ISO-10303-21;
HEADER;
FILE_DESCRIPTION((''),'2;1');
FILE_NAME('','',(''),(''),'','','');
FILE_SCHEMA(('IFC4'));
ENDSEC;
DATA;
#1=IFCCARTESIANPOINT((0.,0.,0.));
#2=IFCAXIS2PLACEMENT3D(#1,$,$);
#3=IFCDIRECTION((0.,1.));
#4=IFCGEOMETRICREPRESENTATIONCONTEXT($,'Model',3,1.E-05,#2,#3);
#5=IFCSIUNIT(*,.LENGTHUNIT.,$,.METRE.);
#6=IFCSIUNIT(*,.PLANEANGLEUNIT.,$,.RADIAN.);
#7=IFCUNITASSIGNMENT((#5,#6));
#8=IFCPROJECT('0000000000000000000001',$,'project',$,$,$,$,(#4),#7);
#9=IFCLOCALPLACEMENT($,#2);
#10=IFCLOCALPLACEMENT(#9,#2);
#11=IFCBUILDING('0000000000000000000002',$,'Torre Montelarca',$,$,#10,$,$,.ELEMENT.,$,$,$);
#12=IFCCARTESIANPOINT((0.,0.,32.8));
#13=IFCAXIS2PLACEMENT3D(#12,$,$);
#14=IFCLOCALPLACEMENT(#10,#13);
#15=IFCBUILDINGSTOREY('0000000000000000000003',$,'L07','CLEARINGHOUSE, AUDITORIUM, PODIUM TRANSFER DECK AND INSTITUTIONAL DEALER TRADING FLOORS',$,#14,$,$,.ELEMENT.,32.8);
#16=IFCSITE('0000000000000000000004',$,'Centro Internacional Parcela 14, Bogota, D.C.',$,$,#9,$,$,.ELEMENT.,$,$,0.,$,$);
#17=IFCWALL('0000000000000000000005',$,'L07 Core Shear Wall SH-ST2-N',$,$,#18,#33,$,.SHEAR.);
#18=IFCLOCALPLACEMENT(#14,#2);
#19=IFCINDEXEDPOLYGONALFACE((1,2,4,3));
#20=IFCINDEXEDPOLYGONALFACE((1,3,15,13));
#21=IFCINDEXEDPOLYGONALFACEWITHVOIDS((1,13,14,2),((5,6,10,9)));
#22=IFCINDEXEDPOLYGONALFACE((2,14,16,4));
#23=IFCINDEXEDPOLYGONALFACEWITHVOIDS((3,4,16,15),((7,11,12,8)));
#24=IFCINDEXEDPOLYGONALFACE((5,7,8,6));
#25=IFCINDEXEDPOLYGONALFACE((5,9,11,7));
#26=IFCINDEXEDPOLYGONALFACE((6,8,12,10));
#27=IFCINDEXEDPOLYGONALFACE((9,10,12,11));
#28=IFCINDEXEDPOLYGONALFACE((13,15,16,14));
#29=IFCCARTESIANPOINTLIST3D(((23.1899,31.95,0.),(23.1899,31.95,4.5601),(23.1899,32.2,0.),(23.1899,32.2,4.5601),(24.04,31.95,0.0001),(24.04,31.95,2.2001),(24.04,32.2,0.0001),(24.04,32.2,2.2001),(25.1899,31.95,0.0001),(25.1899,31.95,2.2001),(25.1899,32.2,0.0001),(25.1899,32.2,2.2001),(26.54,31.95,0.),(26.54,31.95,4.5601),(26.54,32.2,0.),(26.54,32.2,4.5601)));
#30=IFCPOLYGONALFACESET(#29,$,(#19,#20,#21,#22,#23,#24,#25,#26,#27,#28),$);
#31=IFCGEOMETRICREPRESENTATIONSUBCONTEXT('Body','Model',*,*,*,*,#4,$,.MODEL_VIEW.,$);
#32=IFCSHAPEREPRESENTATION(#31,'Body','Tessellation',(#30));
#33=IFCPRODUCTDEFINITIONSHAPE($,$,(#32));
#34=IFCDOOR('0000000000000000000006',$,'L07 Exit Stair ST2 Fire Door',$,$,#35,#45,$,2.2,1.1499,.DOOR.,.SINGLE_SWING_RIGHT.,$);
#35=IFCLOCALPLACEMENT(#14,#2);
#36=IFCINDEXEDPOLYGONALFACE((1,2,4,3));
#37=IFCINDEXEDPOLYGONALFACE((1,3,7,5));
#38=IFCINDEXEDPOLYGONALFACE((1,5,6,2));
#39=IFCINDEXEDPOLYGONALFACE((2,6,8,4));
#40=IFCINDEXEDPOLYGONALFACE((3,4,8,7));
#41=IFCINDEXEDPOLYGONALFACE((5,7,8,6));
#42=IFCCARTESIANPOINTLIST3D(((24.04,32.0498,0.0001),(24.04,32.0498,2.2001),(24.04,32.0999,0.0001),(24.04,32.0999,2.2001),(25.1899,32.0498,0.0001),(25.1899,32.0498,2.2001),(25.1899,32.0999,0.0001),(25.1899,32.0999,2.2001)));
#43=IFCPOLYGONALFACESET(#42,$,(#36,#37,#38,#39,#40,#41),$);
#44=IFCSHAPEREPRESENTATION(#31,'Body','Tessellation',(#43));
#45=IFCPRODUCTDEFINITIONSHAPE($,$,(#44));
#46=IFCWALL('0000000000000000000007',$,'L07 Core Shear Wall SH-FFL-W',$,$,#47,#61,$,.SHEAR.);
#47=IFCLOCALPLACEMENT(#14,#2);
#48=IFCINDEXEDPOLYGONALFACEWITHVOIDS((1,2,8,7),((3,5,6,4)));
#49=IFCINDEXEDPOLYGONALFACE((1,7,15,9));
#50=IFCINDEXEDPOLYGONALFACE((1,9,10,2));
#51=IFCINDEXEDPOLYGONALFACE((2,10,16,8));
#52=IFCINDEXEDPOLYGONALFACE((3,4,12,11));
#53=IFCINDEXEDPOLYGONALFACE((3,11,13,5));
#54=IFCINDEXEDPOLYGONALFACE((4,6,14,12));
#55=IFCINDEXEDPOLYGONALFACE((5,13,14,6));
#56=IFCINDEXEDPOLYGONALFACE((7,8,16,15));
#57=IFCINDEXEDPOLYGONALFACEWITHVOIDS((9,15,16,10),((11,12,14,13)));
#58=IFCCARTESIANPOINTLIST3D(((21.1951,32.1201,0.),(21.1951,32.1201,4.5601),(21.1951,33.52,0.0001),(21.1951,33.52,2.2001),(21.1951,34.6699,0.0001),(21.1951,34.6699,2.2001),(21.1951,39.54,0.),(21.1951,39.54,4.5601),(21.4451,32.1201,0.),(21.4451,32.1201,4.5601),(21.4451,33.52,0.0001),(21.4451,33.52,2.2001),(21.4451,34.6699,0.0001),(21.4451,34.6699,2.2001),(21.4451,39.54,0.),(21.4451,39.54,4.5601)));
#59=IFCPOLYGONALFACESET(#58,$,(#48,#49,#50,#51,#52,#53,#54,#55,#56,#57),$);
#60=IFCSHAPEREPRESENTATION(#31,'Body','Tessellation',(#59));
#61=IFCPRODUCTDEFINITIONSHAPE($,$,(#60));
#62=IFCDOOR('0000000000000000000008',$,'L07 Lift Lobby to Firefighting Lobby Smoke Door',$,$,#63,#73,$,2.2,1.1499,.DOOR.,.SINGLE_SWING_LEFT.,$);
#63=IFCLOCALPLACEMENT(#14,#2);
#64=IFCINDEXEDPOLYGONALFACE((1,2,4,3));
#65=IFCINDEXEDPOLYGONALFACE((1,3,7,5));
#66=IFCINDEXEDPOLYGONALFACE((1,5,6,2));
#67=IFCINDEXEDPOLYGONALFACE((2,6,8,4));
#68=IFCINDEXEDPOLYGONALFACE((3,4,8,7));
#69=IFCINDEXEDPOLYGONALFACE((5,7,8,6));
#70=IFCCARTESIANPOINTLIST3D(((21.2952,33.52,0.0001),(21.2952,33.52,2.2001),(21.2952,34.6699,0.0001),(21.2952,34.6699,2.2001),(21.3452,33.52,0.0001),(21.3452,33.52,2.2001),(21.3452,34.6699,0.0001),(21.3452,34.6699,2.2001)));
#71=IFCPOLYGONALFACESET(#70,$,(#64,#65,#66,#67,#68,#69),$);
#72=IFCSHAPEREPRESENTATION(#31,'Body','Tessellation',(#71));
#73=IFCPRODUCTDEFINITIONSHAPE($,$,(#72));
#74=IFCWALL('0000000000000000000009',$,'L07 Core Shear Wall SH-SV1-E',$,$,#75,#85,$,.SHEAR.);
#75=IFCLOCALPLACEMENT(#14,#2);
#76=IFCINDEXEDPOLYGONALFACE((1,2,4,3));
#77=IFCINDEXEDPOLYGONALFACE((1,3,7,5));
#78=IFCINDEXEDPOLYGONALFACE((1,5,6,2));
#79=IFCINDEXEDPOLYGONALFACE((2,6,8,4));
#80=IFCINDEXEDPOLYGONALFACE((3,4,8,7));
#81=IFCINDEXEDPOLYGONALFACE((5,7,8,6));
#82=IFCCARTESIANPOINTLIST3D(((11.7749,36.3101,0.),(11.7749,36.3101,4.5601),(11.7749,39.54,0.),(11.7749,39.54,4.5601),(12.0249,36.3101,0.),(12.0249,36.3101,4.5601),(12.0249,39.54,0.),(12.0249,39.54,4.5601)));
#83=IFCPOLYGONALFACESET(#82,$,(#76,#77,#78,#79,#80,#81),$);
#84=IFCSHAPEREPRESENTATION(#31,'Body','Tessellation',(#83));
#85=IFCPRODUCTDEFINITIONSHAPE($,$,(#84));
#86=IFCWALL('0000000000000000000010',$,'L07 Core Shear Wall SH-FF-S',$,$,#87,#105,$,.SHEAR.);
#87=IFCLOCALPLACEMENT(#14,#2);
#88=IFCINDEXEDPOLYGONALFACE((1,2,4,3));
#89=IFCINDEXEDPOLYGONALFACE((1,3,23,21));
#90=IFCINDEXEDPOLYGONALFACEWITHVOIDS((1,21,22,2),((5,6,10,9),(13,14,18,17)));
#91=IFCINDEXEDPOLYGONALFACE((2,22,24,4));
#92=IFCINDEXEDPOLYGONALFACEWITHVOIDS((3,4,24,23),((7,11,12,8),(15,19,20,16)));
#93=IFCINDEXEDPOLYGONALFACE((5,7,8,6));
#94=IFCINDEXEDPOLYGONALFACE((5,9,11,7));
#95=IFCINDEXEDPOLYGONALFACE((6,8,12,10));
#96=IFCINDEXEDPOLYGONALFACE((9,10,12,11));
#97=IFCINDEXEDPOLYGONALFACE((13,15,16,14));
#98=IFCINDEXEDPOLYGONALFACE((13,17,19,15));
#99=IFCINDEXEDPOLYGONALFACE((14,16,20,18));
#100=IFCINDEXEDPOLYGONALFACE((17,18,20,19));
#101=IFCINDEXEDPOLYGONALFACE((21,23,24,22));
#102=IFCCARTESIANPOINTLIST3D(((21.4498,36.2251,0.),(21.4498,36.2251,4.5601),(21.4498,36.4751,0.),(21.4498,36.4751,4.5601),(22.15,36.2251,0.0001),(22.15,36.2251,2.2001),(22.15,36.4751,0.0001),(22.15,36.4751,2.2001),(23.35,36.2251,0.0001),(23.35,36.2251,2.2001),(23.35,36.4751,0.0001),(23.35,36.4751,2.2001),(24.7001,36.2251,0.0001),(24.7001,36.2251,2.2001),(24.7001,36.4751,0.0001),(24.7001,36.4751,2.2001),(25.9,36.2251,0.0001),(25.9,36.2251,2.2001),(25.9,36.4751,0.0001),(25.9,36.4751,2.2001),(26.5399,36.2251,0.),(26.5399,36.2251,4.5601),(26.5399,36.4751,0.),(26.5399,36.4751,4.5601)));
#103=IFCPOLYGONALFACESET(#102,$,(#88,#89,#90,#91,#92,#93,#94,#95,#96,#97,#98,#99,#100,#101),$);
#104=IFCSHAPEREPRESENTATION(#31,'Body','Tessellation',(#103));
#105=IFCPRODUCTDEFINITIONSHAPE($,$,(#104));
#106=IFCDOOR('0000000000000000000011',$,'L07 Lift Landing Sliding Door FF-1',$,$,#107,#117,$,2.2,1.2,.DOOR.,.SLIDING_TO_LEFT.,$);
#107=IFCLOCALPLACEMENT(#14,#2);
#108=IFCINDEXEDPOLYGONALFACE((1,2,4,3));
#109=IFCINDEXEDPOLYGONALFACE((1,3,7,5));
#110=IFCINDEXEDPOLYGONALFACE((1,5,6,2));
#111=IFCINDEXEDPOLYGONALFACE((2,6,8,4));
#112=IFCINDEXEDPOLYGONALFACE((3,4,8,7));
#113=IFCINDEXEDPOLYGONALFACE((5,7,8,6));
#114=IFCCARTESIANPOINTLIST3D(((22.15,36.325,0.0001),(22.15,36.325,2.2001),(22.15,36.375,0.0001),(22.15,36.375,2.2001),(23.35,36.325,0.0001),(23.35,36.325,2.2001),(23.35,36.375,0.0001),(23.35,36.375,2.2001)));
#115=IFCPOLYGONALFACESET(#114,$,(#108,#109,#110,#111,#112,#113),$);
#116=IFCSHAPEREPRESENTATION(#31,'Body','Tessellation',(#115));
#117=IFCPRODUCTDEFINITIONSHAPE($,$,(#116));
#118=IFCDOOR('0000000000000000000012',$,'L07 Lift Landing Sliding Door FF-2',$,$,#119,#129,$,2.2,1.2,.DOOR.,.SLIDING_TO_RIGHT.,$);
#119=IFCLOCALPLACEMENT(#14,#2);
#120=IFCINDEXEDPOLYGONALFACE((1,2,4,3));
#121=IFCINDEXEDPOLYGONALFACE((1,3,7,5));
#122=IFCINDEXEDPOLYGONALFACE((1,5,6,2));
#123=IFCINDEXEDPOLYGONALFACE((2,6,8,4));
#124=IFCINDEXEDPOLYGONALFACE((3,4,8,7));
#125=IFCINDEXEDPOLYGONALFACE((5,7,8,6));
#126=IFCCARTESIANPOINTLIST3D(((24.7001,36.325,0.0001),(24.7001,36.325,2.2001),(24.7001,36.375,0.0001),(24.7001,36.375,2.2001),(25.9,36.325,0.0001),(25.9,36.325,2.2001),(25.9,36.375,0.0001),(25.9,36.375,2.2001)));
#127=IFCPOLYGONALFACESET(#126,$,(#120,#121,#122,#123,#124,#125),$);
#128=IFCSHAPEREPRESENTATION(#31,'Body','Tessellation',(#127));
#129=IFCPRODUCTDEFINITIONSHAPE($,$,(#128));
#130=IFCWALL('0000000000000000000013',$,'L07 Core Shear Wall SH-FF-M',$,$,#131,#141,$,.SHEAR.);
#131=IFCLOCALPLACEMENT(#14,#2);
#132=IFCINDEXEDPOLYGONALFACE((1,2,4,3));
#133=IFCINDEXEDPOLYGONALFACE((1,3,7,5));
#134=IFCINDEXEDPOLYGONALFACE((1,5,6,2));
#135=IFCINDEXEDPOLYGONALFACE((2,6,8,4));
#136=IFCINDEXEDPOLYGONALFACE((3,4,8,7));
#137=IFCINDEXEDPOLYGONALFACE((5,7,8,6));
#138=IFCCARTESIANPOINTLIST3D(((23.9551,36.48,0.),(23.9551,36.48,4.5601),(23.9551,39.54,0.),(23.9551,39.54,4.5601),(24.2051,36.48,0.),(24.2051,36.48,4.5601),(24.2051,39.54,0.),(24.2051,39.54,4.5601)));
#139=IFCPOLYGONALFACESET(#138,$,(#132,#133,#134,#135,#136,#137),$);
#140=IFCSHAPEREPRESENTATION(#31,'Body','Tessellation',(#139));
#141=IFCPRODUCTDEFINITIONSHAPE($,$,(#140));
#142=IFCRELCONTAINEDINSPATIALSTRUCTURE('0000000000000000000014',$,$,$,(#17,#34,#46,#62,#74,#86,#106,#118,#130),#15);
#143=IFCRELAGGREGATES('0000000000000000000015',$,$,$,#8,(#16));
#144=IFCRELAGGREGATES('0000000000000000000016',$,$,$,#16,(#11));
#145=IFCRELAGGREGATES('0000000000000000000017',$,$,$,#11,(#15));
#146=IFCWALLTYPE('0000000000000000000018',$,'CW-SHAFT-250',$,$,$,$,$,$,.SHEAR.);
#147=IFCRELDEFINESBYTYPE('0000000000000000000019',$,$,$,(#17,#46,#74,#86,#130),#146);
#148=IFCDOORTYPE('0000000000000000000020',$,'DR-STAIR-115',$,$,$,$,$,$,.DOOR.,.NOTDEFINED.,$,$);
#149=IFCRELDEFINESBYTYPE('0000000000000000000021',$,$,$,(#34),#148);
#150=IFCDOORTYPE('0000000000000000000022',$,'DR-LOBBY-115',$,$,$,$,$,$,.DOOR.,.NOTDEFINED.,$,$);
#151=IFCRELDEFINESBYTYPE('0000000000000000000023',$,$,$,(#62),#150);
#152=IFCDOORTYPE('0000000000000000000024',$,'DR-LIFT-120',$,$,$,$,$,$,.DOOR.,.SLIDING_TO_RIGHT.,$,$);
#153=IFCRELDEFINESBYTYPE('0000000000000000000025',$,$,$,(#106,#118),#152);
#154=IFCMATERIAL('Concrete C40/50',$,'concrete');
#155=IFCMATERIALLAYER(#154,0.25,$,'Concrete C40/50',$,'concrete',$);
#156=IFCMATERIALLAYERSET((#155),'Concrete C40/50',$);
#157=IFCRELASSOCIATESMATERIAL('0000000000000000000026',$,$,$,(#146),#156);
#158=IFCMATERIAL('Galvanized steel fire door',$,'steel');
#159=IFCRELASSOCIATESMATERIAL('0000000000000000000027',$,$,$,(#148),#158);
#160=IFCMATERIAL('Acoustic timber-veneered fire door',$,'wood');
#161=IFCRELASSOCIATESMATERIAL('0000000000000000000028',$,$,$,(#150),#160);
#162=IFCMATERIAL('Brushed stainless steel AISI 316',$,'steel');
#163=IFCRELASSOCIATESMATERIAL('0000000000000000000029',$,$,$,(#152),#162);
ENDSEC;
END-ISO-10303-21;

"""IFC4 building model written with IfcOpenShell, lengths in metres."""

from ifc_helpers import new_model, si_unit, direction, frame, frame_2d, origin, place, context, subcontext, project, spatial, rectangle, extrude, source, transform, mapped, material, layer, layer_set, type_object, element, fill, save


model = new_model("IFC4")

# Units and contexts
model_context = context("Model", 3, precision=1e-05, world=origin(), true_north=direction((0.0, 1.0)))
body_context = subcontext(model_context, "Body", "Model", "MODEL_VIEW")
ifc_project = project(units=[si_unit("LENGTHUNIT", "METRE"), si_unit("PLANEANGLEUNIT", "RADIAN")], contexts=[model_context])

# Site, building, storey
site_placement = place(None, origin())
site = spatial("IfcSite", under=ifc_project, at=site_placement, Name="Centro Internacional Parcela 14, Bogota, D.C.", CompositionType="ELEMENT", RefElevation=0.0)
building_placement = place(site_placement, origin())
building = spatial("IfcBuilding", under=site, at=building_placement, Name="Torre Montelarca", CompositionType="ELEMENT")
storey_placement = place(building_placement, frame((0.0, 0.0, 32.8)))
storey = spatial("IfcBuildingStorey", under=building, at=storey_placement, Name="L07", Description="CLEARINGHOUSE, AUDITORIUM, PODIUM TRANSFER DECK AND INSTITUTIONAL DEALER TRADING FLOORS", CompositionType="ELEMENT", Elevation=32.8)

# Walls, openings, doors
ifc_material_1 = material(Name="Concrete C40/50", Category="concrete")
ifc_layer_1 = layer(ifc_material_1, 0.25, Name="Concrete C40/50", Category="concrete")
ifc_layer_set_1 = layer_set([ifc_layer_1], Name="Concrete C40/50")
wall_type_1 = type_object("IfcWallType", Name="CW-SHAFT-250", PredefinedType="SHEAR", material=ifc_layer_set_1)
wall_1_placement = place(storey_placement, frame((23.1899, 32.075, 0.0), z_axis=(0.0, 0.0, 1.0), x_axis=(1.0, 0.0, 0.0)))
wall_1 = element("IfcWall", 1, at=wall_1_placement, inside=storey, type_object=wall_type_1, Name="L07 Core Shear Wall SH-ST2-N", PredefinedType="SHEAR", context=body_context, shape_type="SweptSolid", body=[
    extrude(rectangle(XDim=3.3501, YDim=0.25, at=frame_2d((1.675, 0.0))), origin(), (0.0, 0.0, 1.0), 4.5601),
])
opening_1_placement = place(wall_1_placement, frame((0.8501, 0.0, 0.0)))
opening_1 = element("IfcOpeningElement", 2, at=opening_1_placement, cuts=wall_1, PredefinedType="OPENING", context=body_context, shape_type="SweptSolid", body=[
    extrude(rectangle(XDim=1.1499, YDim=2.2, at=frame_2d((0.575, 1.1001))), frame((0.0, 0.135, 0.0), z_axis=(0.0, -1.0, 0.0), x_axis=(1.0, 0.0, 0.0)), (0.0, 0.0, 1.0), 0.27),
])
ifc_material_2 = material(Name="Galvanized steel fire door", Category="steel")
door_type_1 = type_object("IfcDoorType", Name="DR-STAIR-115", OperationType="NOTDEFINED", PredefinedType="DOOR", material=ifc_material_2)
shared_shape_1 = source(origin(), body_context, "Body", "SweptSolid", [
    extrude(rectangle(XDim=1.1499, YDim=2.2, at=frame_2d((0.575, 1.1001))), frame((0.0, 0.0249, 0.0), z_axis=(0.0, -1.0, 0.0), x_axis=(1.0, 0.0, 0.0)), (0.0, 0.0, 1.0), 0.05),
])
door_1_placement = place(opening_1_placement, origin())
door_1 = element("IfcDoor", 3, at=door_1_placement, inside=storey, type_object=door_type_1, Name="L07 Exit Stair ST2 Fire Door", OperationType="SINGLE_SWING_RIGHT", OverallHeight=2.2, OverallWidth=1.1499, PredefinedType="DOOR", context=body_context, shape_type="MappedRepresentation", body=[
    mapped(shared_shape_1, transform((0.0, 0.0, 0.0), scale=1.0)),
])
fill(opening_1, door_1)
wall_2_placement = place(storey_placement, frame((21.3201, 32.1201, 0.0), z_axis=(0.0, 0.0, 1.0), x_axis=(0.0, 1.0, 0.0)))
wall_2 = element("IfcWall", 4, at=wall_2_placement, inside=storey, type_object=wall_type_1, Name="L07 Core Shear Wall SH-FFL-W", PredefinedType="SHEAR", context=body_context, shape_type="SweptSolid", body=[
    extrude(rectangle(XDim=7.4199, YDim=0.25, at=frame_2d((3.71, 0.0))), origin(), (0.0, 0.0, 1.0), 4.5601),
])
opening_2_placement = place(wall_2_placement, frame((1.3999, 0.0, 0.0)))
opening_2 = element("IfcOpeningElement", 5, at=opening_2_placement, cuts=wall_2, PredefinedType="OPENING", context=body_context, shape_type="SweptSolid", body=[
    extrude(rectangle(XDim=1.1499, YDim=2.2, at=frame_2d((0.575, 1.1001))), frame((0.0, 0.135, 0.0), z_axis=(0.0, -1.0, 0.0), x_axis=(1.0, 0.0, 0.0)), (0.0, 0.0, 1.0), 0.27),
])
ifc_material_3 = material(Name="Acoustic timber-veneered fire door", Category="wood")
door_type_2 = type_object("IfcDoorType", Name="DR-LOBBY-115", OperationType="NOTDEFINED", PredefinedType="DOOR", material=ifc_material_3)
shared_shape_2 = source(origin(), body_context, "Body", "SweptSolid", [
    extrude(rectangle(XDim=1.1499, YDim=2.2, at=frame_2d((0.575, 1.1001))), frame((0.0, 0.0249, 0.0), z_axis=(0.0, -1.0, 0.0), x_axis=(1.0, 0.0, 0.0)), (0.0, 0.0, 1.0), 0.05),
])
door_2_placement = place(opening_2_placement, origin())
door_2 = element("IfcDoor", 6, at=door_2_placement, inside=storey, type_object=door_type_2, Name="L07 Lift Lobby to Firefighting Lobby Smoke Door", OperationType="SINGLE_SWING_LEFT", OverallHeight=2.2, OverallWidth=1.1499, PredefinedType="DOOR", context=body_context, shape_type="MappedRepresentation", body=[
    mapped(shared_shape_2, transform((0.0, 0.0, 0.0), scale=1.0)),
])
fill(opening_2, door_2)

# Wall
wall_3_placement = place(storey_placement, frame((11.8999, 36.3101, 0.0), z_axis=(0.0, 0.0, 1.0), x_axis=(0.0, 1.0, 0.0)))
element("IfcWall", 7, at=wall_3_placement, inside=storey, type_object=wall_type_1, Name="L07 Core Shear Wall SH-SV1-E", PredefinedType="SHEAR", context=body_context, shape_type="SweptSolid", body=[
    extrude(rectangle(XDim=3.23, YDim=0.25, at=frame_2d((1.615, 0.0))), origin(), (0.0, 0.0, 1.0), 4.5601),
])

# Wall, openings, doors
wall_4_placement = place(storey_placement, frame((21.45, 36.3501, 0.0), z_axis=(0.0, 0.0, 1.0), x_axis=(1.0, 0.0, 0.0)))
wall_4 = element("IfcWall", 8, at=wall_4_placement, inside=storey, type_object=wall_type_1, Name="L07 Core Shear Wall SH-FF-S", PredefinedType="SHEAR", context=body_context, shape_type="SweptSolid", body=[
    extrude(rectangle(XDim=5.0901, YDim=0.25, at=frame_2d((2.5449, 0.0))), origin(), (0.0, 0.0, 1.0), 4.5601),
])
opening_3_placement = place(wall_4_placement, frame((0.7, 0.0, 0.0)))
opening_3 = element("IfcOpeningElement", 9, at=opening_3_placement, cuts=wall_4, PredefinedType="OPENING", context=body_context, shape_type="SweptSolid", body=[
    extrude(rectangle(XDim=1.2, YDim=2.2, at=frame_2d((0.6001, 1.1001))), frame((0.0, 0.135, 0.0), z_axis=(0.0, -1.0, 0.0), x_axis=(1.0, 0.0, 0.0)), (0.0, 0.0, 1.0), 0.27),
])
opening_4_placement = place(wall_4_placement, frame((3.25, 0.0, 0.0)))
opening_4 = element("IfcOpeningElement", 10, at=opening_4_placement, cuts=wall_4, PredefinedType="OPENING", context=body_context, shape_type="SweptSolid", body=[
    extrude(rectangle(XDim=1.2, YDim=2.2, at=frame_2d((0.6001, 1.1001))), frame((0.0, 0.135, 0.0), z_axis=(0.0, -1.0, 0.0), x_axis=(1.0, 0.0, 0.0)), (0.0, 0.0, 1.0), 0.27),
])
ifc_material_4 = material(Name="Brushed stainless steel AISI 316", Category="steel")
door_type_3 = type_object("IfcDoorType", Name="DR-LIFT-120", OperationType="SLIDING_TO_RIGHT", PredefinedType="DOOR", material=ifc_material_4)
shared_shape_3 = source(origin(), body_context, "Body", "SweptSolid", [
    extrude(rectangle(XDim=1.2, YDim=2.2, at=frame_2d((0.6001, 1.1001))), frame((0.0, 0.0249, 0.0), z_axis=(0.0, -1.0, 0.0), x_axis=(1.0, 0.0, 0.0)), (0.0, 0.0, 1.0), 0.05),
])
door_3_placement = place(opening_3_placement, origin())
door_3 = element("IfcDoor", 11, at=door_3_placement, inside=storey, type_object=door_type_3, Name="L07 Lift Landing Sliding Door FF-1", OperationType="SLIDING_TO_LEFT", OverallHeight=2.2, OverallWidth=1.2, PredefinedType="DOOR", context=body_context, shape_type="MappedRepresentation", body=[
    mapped(shared_shape_3, transform((0.0, 0.0, 0.0), scale=1.0)),
])
fill(opening_3, door_3)
door_4_placement = place(opening_4_placement, origin())
door_4 = element("IfcDoor", 12, at=door_4_placement, inside=storey, type_object=door_type_3, Name="L07 Lift Landing Sliding Door FF-2", OperationType="SLIDING_TO_RIGHT", OverallHeight=2.2, OverallWidth=1.2, PredefinedType="DOOR", context=body_context, shape_type="MappedRepresentation", body=[
    mapped(shared_shape_3, transform((0.0, 0.0, 0.0), scale=1.0)),
])
fill(opening_4, door_4)

# Wall
wall_5_placement = place(storey_placement, frame((24.0801, 36.48, 0.0), z_axis=(0.0, 0.0, 1.0), x_axis=(0.0, 1.0, 0.0)))
element("IfcWall", 13, at=wall_5_placement, inside=storey, type_object=wall_type_1, Name="L07 Core Shear Wall SH-FF-M", PredefinedType="SHEAR", context=body_context, shape_type="SweptSolid", body=[
    extrude(rectangle(XDim=3.0601, YDim=0.25, at=frame_2d((1.53, 0.0))), origin(), (0.0, 0.0, 1.0), 4.5601),
])

save(model, "model.ifc")
